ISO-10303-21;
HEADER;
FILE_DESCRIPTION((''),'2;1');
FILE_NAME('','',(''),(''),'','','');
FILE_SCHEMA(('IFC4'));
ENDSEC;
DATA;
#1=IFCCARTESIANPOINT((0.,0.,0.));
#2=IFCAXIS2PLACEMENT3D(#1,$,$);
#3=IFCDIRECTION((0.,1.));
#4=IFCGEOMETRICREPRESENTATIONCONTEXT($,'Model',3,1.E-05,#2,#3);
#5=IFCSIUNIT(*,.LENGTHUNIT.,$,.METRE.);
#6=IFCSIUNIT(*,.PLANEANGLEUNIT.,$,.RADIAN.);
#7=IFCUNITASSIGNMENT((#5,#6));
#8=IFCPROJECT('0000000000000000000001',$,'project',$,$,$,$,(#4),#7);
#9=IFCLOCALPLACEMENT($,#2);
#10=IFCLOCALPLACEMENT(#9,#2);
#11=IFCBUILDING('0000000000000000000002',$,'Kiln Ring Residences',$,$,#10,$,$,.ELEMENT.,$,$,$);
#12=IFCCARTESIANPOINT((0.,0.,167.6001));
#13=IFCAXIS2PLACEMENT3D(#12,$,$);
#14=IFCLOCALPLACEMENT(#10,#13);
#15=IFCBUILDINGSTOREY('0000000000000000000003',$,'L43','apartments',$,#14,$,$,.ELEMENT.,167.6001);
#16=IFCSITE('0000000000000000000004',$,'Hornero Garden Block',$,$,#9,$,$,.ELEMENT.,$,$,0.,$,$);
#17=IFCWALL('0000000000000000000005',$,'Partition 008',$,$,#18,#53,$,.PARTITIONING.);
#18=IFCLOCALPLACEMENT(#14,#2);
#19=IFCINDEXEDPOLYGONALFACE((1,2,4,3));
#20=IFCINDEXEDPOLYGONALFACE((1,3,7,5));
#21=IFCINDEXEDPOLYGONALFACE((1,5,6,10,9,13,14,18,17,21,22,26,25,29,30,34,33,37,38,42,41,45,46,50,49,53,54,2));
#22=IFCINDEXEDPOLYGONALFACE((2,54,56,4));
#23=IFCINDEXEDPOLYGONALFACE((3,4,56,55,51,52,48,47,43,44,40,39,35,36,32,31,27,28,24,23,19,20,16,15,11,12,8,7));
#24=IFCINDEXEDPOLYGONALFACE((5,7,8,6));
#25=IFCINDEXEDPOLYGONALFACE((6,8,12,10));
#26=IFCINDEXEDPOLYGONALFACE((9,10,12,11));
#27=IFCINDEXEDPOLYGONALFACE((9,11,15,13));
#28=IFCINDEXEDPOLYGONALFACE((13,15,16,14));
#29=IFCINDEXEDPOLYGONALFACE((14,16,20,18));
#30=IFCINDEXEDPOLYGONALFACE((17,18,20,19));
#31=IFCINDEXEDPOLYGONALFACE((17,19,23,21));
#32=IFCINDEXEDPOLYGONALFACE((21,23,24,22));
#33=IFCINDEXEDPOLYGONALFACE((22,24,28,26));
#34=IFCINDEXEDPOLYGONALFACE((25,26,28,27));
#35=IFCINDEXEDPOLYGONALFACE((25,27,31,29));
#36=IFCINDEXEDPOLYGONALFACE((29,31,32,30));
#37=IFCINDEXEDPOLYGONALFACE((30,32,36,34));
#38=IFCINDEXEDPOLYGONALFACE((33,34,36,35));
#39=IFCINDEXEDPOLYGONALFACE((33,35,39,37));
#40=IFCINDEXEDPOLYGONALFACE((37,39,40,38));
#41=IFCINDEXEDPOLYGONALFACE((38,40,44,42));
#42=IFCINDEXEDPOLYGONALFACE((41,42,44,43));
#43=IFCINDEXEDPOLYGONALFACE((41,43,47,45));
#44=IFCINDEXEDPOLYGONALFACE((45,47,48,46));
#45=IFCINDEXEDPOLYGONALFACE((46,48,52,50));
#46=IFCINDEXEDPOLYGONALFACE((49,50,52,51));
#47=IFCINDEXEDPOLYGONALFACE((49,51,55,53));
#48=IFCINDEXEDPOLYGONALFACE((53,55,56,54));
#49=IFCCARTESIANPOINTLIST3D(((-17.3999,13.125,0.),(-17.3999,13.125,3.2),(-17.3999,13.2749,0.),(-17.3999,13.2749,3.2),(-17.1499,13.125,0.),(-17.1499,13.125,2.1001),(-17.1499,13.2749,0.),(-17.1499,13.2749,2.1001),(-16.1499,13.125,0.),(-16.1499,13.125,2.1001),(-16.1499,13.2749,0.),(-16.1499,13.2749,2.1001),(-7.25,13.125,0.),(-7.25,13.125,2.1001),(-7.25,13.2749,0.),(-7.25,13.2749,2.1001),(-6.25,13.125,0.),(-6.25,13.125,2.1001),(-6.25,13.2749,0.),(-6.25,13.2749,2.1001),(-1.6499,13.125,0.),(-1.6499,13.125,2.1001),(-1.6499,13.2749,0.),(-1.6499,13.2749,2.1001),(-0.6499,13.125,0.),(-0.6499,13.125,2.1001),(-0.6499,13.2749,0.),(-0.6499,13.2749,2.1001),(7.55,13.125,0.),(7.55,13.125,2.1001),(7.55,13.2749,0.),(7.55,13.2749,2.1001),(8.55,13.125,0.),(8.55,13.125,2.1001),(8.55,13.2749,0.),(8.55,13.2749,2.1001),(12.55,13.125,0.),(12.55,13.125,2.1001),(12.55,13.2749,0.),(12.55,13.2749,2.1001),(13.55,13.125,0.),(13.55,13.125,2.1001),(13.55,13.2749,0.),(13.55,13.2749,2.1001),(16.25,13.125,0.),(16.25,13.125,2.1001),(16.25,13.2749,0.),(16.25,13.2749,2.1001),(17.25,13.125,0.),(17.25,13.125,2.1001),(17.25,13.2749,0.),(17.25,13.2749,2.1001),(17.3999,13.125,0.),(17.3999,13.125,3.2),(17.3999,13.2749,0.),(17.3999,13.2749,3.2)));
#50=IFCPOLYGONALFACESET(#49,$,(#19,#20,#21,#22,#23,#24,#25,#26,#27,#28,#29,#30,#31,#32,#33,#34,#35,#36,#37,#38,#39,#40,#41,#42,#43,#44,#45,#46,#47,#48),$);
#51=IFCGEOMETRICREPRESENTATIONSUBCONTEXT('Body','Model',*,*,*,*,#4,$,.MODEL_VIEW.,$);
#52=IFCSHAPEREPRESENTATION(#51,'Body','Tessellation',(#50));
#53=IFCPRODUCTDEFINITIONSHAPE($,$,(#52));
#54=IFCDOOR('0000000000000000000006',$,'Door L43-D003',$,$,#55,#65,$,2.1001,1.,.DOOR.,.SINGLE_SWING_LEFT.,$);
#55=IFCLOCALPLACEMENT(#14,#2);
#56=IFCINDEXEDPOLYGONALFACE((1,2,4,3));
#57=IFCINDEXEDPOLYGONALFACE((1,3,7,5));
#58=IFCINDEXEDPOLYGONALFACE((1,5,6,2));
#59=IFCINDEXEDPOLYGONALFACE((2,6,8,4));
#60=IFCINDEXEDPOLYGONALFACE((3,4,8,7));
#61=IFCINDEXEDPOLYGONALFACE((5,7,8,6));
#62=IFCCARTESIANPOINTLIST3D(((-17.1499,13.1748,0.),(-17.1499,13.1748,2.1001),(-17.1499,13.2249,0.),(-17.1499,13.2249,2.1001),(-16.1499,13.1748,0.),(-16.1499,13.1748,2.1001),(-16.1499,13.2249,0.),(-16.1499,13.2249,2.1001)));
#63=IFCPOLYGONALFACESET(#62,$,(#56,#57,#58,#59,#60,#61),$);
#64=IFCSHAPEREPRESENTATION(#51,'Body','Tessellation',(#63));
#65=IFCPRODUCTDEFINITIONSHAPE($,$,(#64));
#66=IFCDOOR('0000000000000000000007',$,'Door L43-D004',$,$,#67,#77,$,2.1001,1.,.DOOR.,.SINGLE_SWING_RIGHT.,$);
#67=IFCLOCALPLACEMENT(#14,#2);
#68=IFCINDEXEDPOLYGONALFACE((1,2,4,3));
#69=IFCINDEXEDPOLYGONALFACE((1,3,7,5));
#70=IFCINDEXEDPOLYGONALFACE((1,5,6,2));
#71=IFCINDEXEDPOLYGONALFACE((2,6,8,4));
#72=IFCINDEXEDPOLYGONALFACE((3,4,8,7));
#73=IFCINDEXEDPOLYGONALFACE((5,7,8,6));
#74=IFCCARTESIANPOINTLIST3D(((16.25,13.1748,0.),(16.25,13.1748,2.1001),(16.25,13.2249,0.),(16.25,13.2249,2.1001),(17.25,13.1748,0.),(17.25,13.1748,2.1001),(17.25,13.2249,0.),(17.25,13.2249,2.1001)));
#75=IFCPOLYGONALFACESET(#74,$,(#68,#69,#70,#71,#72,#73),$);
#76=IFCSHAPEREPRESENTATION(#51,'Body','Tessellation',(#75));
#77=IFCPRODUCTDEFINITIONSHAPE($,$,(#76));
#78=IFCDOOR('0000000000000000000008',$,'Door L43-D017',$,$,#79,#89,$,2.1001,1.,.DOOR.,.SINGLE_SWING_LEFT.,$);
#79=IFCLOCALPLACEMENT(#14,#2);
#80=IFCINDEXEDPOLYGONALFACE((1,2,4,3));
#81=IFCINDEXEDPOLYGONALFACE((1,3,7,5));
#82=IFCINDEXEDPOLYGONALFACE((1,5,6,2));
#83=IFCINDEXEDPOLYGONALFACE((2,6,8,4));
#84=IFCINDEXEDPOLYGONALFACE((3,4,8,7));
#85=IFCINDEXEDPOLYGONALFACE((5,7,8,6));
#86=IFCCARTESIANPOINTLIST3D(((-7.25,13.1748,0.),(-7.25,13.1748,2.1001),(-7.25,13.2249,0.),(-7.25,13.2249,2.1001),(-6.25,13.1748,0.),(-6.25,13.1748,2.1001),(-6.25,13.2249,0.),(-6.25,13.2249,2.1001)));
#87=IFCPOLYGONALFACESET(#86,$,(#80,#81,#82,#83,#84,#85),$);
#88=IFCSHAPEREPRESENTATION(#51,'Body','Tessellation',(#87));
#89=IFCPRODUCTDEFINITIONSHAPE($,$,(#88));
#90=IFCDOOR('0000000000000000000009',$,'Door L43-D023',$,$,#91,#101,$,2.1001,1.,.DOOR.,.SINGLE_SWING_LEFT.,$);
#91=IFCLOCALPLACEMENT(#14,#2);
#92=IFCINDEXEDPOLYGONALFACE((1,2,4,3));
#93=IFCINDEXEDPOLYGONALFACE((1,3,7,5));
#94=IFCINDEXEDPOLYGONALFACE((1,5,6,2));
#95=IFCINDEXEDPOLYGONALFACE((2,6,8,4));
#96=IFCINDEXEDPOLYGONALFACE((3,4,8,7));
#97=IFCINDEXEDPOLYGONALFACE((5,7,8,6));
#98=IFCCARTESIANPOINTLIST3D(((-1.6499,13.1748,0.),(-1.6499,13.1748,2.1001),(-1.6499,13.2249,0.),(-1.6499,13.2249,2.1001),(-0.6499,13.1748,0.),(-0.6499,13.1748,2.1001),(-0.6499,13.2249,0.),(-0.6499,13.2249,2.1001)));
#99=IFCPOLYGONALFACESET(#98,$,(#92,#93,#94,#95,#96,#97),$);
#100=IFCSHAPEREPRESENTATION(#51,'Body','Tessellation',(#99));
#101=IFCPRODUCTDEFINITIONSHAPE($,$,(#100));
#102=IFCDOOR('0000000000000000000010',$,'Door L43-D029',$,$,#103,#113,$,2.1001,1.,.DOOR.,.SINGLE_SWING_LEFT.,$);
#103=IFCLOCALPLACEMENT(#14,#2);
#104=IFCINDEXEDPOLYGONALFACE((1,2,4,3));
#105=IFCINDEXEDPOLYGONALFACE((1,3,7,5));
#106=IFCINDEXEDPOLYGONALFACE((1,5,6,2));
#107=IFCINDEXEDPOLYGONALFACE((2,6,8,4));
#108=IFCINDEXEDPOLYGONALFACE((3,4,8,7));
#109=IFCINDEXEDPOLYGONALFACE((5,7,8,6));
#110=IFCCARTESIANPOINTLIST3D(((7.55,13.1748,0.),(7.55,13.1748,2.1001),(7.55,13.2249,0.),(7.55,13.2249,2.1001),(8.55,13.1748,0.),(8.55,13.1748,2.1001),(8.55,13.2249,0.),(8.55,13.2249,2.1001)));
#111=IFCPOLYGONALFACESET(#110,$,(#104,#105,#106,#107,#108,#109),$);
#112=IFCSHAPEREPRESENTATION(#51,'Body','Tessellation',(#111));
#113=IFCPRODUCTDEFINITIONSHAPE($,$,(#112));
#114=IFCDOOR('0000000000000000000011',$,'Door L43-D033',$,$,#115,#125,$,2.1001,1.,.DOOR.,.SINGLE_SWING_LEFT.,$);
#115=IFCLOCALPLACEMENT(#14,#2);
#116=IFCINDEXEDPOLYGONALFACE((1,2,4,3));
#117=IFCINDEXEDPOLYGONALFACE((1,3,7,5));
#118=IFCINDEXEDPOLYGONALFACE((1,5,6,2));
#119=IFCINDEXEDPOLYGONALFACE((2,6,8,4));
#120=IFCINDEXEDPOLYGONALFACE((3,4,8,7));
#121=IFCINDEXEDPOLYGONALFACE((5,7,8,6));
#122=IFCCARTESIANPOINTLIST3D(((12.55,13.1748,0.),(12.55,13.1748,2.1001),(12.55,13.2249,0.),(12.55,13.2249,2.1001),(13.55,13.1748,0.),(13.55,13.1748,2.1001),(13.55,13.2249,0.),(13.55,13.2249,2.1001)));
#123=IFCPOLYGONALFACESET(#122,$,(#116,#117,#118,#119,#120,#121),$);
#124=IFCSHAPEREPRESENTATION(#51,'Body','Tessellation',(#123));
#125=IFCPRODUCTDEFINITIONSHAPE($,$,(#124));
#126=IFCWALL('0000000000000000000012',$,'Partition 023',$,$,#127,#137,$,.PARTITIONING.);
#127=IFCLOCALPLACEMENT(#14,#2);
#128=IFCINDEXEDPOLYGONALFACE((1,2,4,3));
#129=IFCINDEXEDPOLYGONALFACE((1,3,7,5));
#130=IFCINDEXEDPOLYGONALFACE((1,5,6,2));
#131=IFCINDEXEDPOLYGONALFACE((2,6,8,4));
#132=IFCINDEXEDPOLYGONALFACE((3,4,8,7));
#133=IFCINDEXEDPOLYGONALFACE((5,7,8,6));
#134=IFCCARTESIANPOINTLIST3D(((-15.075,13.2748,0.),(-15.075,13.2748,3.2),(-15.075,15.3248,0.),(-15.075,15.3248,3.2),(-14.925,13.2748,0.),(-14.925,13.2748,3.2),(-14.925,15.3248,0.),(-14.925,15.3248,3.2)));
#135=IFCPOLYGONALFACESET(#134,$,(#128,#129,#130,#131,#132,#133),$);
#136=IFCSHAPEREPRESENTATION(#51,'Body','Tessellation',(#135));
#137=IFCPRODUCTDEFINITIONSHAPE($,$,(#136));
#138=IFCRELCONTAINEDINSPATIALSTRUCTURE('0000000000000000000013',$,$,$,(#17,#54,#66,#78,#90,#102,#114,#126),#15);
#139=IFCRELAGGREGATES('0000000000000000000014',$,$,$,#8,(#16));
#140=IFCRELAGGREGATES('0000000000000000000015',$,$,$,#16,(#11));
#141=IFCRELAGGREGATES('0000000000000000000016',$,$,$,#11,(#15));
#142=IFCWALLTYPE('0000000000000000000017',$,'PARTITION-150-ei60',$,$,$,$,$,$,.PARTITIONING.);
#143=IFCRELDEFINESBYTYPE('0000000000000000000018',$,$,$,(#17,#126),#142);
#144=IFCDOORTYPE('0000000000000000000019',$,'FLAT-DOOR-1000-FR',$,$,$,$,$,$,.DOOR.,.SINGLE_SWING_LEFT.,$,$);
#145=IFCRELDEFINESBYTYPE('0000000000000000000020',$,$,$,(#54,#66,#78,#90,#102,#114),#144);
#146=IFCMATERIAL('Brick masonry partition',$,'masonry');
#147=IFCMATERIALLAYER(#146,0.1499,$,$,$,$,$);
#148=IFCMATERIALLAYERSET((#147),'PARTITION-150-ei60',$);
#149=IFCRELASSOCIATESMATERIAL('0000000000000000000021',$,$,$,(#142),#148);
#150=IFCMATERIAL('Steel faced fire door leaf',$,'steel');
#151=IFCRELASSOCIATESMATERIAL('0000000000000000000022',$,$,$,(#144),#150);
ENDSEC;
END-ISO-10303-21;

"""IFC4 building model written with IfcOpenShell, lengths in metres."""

from ifc_helpers import new_model, si_unit, direction, frame, frame_2d, origin, place, context, subcontext, project, spatial, rectangle, extrude, material, layer, layer_set, type_object, element, fill, save


model = new_model("IFC4")

# Units and contexts
model_context = context("Model", 3, precision=1e-05, world=origin(), true_north=direction((0.0, 1.0)))
body_context = subcontext(model_context, "Body", "Model", "MODEL_VIEW")
ifc_project = project(units=[si_unit("LENGTHUNIT", "METRE"), si_unit("PLANEANGLEUNIT", "RADIAN")], contexts=[model_context])

# Site, building, storey
site_placement = place(None, origin())
site = spatial("IfcSite", under=ifc_project, at=site_placement, Name="Hornero Garden Block", CompositionType="ELEMENT", RefElevation=0.0)
building_placement = place(site_placement, origin())
building = spatial("IfcBuilding", under=site, at=building_placement, Name="Kiln Ring Residences", CompositionType="ELEMENT")
storey_placement = place(building_placement, frame((0.0, 0.0, 167.6001)))
storey = spatial("IfcBuildingStorey", under=building, at=storey_placement, Name="L43", Description="apartments", CompositionType="ELEMENT", Elevation=167.6001)

# Wall, openings, doors
ifc_material_1 = material(Name="Brick masonry partition", Category="masonry")
ifc_layer_1 = layer(ifc_material_1, 0.1499)
ifc_layer_set_1 = layer_set([ifc_layer_1], Name="PARTITION-150-ei60")
wall_type_1 = type_object("IfcWallType", Name="PARTITION-150-ei60", PredefinedType="PARTITIONING", material=ifc_layer_set_1)
ifc_material_2 = material(Name="Steel faced fire door leaf", Category="steel")
door_type = type_object("IfcDoorType", Name="FLAT-DOOR-1000-FR", OperationType="SINGLE_SWING_LEFT", PredefinedType="DOOR", material=ifc_material_2)
wall_1_placement = place(storey_placement, frame((-17.3999, 13.2, 0.0), z_axis=(0.0, 0.0, 1.0), x_axis=(1.0, 0.0, 0.0)))
wall_1 = element("IfcWall", 1, at=wall_1_placement, inside=storey, type_object=wall_type_1, Name="Partition 008", PredefinedType="PARTITIONING", context=body_context, shape_type="SweptSolid", body=[
    extrude(rectangle(XDim=34.7998, YDim=0.1499, at=frame_2d((17.3999, 0.0))), origin(), (0.0, 0.0, 1.0), 3.2),
])
opening_1_placement = place(wall_1_placement, frame((0.25, 0.0, 0.0)))
opening_1 = element("IfcOpeningElement", 2, at=opening_1_placement, cuts=wall_1, PredefinedType="OPENING", context=body_context, shape_type="SweptSolid", body=[
    extrude(rectangle(XDim=1.0, YDim=2.1001, at=frame_2d((0.5, 1.05))), frame((0.0, 0.085, 0.0), z_axis=(0.0, -1.0, 0.0), x_axis=(1.0, 0.0, 0.0)), (0.0, 0.0, 1.0), 0.1699),
])
opening_2_placement = place(wall_1_placement, frame((33.6499, 0.0, 0.0)))
opening_2 = element("IfcOpeningElement", 3, at=opening_2_placement, cuts=wall_1, PredefinedType="OPENING", context=body_context, shape_type="SweptSolid", body=[
    extrude(rectangle(XDim=1.0, YDim=2.1001, at=frame_2d((0.5, 1.05))), frame((0.0, 0.085, 0.0), z_axis=(0.0, -1.0, 0.0), x_axis=(1.0, 0.0, 0.0)), (0.0, 0.0, 1.0), 0.1699),
])
opening_3_placement = place(wall_1_placement, frame((10.1499, 0.0, 0.0)))
opening_3 = element("IfcOpeningElement", 4, at=opening_3_placement, cuts=wall_1, PredefinedType="OPENING", context=body_context, shape_type="SweptSolid", body=[
    extrude(rectangle(XDim=1.0, YDim=2.1001, at=frame_2d((0.5, 1.05))), frame((0.0, 0.085, 0.0), z_axis=(0.0, -1.0, 0.0), x_axis=(1.0, 0.0, 0.0)), (0.0, 0.0, 1.0), 0.1699),
])
opening_4_placement = place(wall_1_placement, frame((15.75, 0.0, 0.0)))
opening_4 = element("IfcOpeningElement", 5, at=opening_4_placement, cuts=wall_1, PredefinedType="OPENING", context=body_context, shape_type="SweptSolid", body=[
    extrude(rectangle(XDim=1.0, YDim=2.1001, at=frame_2d((0.5, 1.05))), frame((0.0, 0.085, 0.0), z_axis=(0.0, -1.0, 0.0), x_axis=(1.0, 0.0, 0.0)), (0.0, 0.0, 1.0), 0.1699),
])
opening_5_placement = place(wall_1_placement, frame((24.95, 0.0, 0.0)))
opening_5 = element("IfcOpeningElement", 6, at=opening_5_placement, cuts=wall_1, PredefinedType="OPENING", context=body_context, shape_type="SweptSolid", body=[
    extrude(rectangle(XDim=1.0, YDim=2.1001, at=frame_2d((0.5, 1.05))), frame((0.0, 0.085, 0.0), z_axis=(0.0, -1.0, 0.0), x_axis=(1.0, 0.0, 0.0)), (0.0, 0.0, 1.0), 0.1699),
])
opening_6_placement = place(wall_1_placement, frame((29.95, 0.0, 0.0)))
opening_6 = element("IfcOpeningElement", 7, at=opening_6_placement, cuts=wall_1, PredefinedType="OPENING", context=body_context, shape_type="SweptSolid", body=[
    extrude(rectangle(XDim=1.0, YDim=2.1001, at=frame_2d((0.5, 1.05))), frame((0.0, 0.085, 0.0), z_axis=(0.0, -1.0, 0.0), x_axis=(1.0, 0.0, 0.0)), (0.0, 0.0, 1.0), 0.1699),
])
door_1_placement = place(opening_1_placement, origin())
door_1 = element("IfcDoor", 8, at=door_1_placement, inside=storey, type_object=door_type, Name="Door L43-D003", OperationType="SINGLE_SWING_LEFT", OverallHeight=2.1001, OverallWidth=1.0, PredefinedType="DOOR", context=body_context, shape_type="SweptSolid", body=[
    extrude(rectangle(XDim=1.0, YDim=2.1001, at=frame_2d((0.5, 1.05))), frame((0.0, 0.0249, 0.0), z_axis=(0.0, -1.0, 0.0), x_axis=(1.0, 0.0, 0.0)), (0.0, 0.0, 1.0), 0.05),
])
fill(opening_1, door_1)
door_2_placement = place(opening_2_placement, origin())
door_2 = element("IfcDoor", 9, at=door_2_placement, inside=storey, type_object=door_type, Name="Door L43-D004", OperationType="SINGLE_SWING_RIGHT", OverallHeight=2.1001, OverallWidth=1.0, PredefinedType="DOOR", context=body_context, shape_type="SweptSolid", body=[
    extrude(rectangle(XDim=1.0, YDim=2.1001, at=frame_2d((0.5, 1.05))), frame((0.0, 0.0249, 0.0), z_axis=(0.0, -1.0, 0.0), x_axis=(1.0, 0.0, 0.0)), (0.0, 0.0, 1.0), 0.05),
])
fill(opening_2, door_2)
door_3_placement = place(opening_3_placement, origin())
door_3 = element("IfcDoor", 10, at=door_3_placement, inside=storey, type_object=door_type, Name="Door L43-D017", OperationType="SINGLE_SWING_LEFT", OverallHeight=2.1001, OverallWidth=1.0, PredefinedType="DOOR", context=body_context, shape_type="SweptSolid", body=[
    extrude(rectangle(XDim=1.0, YDim=2.1001, at=frame_2d((0.5, 1.05))), frame((0.0, 0.0249, 0.0), z_axis=(0.0, -1.0, 0.0), x_axis=(1.0, 0.0, 0.0)), (0.0, 0.0, 1.0), 0.05),
])
fill(opening_3, door_3)
door_4_placement = place(opening_4_placement, origin())
door_4 = element("IfcDoor", 11, at=door_4_placement, inside=storey, type_object=door_type, Name="Door L43-D023", OperationType="SINGLE_SWING_LEFT", OverallHeight=2.1001, OverallWidth=1.0, PredefinedType="DOOR", context=body_context, shape_type="SweptSolid", body=[
    extrude(rectangle(XDim=1.0, YDim=2.1001, at=frame_2d((0.5, 1.05))), frame((0.0, 0.0249, 0.0), z_axis=(0.0, -1.0, 0.0), x_axis=(1.0, 0.0, 0.0)), (0.0, 0.0, 1.0), 0.05),
])
fill(opening_4, door_4)
door_5_placement = place(opening_5_placement, origin())
door_5 = element("IfcDoor", 12, at=door_5_placement, inside=storey, type_object=door_type, Name="Door L43-D029", OperationType="SINGLE_SWING_LEFT", OverallHeight=2.1001, OverallWidth=1.0, PredefinedType="DOOR", context=body_context, shape_type="SweptSolid", body=[
    extrude(rectangle(XDim=1.0, YDim=2.1001, at=frame_2d((0.5, 1.05))), frame((0.0, 0.0249, 0.0), z_axis=(0.0, -1.0, 0.0), x_axis=(1.0, 0.0, 0.0)), (0.0, 0.0, 1.0), 0.05),
])
fill(opening_5, door_5)
door_6_placement = place(opening_6_placement, origin())
door_6 = element("IfcDoor", 13, at=door_6_placement, inside=storey, type_object=door_type, Name="Door L43-D033", OperationType="SINGLE_SWING_LEFT", OverallHeight=2.1001, OverallWidth=1.0, PredefinedType="DOOR", context=body_context, shape_type="SweptSolid", body=[
    extrude(rectangle(XDim=1.0, YDim=2.1001, at=frame_2d((0.5, 1.05))), frame((0.0, 0.0249, 0.0), z_axis=(0.0, -1.0, 0.0), x_axis=(1.0, 0.0, 0.0)), (0.0, 0.0, 1.0), 0.05),
])
fill(opening_6, door_6)

# Wall
wall_2_placement = place(storey_placement, frame((-15.0, 13.2749, 0.0), z_axis=(0.0, 0.0, 1.0), x_axis=(0.0, 1.0, 0.0)))
element("IfcWall", 14, at=wall_2_placement, inside=storey, type_object=wall_type_1, Name="Partition 023", PredefinedType="PARTITIONING", context=body_context, shape_type="SweptSolid", body=[
    extrude(rectangle(XDim=2.05, YDim=0.1499, at=frame_2d((1.0249, 0.0))), origin(), (0.0, 0.0, 1.0), 3.2),
])

save(model, "model.ifc")
